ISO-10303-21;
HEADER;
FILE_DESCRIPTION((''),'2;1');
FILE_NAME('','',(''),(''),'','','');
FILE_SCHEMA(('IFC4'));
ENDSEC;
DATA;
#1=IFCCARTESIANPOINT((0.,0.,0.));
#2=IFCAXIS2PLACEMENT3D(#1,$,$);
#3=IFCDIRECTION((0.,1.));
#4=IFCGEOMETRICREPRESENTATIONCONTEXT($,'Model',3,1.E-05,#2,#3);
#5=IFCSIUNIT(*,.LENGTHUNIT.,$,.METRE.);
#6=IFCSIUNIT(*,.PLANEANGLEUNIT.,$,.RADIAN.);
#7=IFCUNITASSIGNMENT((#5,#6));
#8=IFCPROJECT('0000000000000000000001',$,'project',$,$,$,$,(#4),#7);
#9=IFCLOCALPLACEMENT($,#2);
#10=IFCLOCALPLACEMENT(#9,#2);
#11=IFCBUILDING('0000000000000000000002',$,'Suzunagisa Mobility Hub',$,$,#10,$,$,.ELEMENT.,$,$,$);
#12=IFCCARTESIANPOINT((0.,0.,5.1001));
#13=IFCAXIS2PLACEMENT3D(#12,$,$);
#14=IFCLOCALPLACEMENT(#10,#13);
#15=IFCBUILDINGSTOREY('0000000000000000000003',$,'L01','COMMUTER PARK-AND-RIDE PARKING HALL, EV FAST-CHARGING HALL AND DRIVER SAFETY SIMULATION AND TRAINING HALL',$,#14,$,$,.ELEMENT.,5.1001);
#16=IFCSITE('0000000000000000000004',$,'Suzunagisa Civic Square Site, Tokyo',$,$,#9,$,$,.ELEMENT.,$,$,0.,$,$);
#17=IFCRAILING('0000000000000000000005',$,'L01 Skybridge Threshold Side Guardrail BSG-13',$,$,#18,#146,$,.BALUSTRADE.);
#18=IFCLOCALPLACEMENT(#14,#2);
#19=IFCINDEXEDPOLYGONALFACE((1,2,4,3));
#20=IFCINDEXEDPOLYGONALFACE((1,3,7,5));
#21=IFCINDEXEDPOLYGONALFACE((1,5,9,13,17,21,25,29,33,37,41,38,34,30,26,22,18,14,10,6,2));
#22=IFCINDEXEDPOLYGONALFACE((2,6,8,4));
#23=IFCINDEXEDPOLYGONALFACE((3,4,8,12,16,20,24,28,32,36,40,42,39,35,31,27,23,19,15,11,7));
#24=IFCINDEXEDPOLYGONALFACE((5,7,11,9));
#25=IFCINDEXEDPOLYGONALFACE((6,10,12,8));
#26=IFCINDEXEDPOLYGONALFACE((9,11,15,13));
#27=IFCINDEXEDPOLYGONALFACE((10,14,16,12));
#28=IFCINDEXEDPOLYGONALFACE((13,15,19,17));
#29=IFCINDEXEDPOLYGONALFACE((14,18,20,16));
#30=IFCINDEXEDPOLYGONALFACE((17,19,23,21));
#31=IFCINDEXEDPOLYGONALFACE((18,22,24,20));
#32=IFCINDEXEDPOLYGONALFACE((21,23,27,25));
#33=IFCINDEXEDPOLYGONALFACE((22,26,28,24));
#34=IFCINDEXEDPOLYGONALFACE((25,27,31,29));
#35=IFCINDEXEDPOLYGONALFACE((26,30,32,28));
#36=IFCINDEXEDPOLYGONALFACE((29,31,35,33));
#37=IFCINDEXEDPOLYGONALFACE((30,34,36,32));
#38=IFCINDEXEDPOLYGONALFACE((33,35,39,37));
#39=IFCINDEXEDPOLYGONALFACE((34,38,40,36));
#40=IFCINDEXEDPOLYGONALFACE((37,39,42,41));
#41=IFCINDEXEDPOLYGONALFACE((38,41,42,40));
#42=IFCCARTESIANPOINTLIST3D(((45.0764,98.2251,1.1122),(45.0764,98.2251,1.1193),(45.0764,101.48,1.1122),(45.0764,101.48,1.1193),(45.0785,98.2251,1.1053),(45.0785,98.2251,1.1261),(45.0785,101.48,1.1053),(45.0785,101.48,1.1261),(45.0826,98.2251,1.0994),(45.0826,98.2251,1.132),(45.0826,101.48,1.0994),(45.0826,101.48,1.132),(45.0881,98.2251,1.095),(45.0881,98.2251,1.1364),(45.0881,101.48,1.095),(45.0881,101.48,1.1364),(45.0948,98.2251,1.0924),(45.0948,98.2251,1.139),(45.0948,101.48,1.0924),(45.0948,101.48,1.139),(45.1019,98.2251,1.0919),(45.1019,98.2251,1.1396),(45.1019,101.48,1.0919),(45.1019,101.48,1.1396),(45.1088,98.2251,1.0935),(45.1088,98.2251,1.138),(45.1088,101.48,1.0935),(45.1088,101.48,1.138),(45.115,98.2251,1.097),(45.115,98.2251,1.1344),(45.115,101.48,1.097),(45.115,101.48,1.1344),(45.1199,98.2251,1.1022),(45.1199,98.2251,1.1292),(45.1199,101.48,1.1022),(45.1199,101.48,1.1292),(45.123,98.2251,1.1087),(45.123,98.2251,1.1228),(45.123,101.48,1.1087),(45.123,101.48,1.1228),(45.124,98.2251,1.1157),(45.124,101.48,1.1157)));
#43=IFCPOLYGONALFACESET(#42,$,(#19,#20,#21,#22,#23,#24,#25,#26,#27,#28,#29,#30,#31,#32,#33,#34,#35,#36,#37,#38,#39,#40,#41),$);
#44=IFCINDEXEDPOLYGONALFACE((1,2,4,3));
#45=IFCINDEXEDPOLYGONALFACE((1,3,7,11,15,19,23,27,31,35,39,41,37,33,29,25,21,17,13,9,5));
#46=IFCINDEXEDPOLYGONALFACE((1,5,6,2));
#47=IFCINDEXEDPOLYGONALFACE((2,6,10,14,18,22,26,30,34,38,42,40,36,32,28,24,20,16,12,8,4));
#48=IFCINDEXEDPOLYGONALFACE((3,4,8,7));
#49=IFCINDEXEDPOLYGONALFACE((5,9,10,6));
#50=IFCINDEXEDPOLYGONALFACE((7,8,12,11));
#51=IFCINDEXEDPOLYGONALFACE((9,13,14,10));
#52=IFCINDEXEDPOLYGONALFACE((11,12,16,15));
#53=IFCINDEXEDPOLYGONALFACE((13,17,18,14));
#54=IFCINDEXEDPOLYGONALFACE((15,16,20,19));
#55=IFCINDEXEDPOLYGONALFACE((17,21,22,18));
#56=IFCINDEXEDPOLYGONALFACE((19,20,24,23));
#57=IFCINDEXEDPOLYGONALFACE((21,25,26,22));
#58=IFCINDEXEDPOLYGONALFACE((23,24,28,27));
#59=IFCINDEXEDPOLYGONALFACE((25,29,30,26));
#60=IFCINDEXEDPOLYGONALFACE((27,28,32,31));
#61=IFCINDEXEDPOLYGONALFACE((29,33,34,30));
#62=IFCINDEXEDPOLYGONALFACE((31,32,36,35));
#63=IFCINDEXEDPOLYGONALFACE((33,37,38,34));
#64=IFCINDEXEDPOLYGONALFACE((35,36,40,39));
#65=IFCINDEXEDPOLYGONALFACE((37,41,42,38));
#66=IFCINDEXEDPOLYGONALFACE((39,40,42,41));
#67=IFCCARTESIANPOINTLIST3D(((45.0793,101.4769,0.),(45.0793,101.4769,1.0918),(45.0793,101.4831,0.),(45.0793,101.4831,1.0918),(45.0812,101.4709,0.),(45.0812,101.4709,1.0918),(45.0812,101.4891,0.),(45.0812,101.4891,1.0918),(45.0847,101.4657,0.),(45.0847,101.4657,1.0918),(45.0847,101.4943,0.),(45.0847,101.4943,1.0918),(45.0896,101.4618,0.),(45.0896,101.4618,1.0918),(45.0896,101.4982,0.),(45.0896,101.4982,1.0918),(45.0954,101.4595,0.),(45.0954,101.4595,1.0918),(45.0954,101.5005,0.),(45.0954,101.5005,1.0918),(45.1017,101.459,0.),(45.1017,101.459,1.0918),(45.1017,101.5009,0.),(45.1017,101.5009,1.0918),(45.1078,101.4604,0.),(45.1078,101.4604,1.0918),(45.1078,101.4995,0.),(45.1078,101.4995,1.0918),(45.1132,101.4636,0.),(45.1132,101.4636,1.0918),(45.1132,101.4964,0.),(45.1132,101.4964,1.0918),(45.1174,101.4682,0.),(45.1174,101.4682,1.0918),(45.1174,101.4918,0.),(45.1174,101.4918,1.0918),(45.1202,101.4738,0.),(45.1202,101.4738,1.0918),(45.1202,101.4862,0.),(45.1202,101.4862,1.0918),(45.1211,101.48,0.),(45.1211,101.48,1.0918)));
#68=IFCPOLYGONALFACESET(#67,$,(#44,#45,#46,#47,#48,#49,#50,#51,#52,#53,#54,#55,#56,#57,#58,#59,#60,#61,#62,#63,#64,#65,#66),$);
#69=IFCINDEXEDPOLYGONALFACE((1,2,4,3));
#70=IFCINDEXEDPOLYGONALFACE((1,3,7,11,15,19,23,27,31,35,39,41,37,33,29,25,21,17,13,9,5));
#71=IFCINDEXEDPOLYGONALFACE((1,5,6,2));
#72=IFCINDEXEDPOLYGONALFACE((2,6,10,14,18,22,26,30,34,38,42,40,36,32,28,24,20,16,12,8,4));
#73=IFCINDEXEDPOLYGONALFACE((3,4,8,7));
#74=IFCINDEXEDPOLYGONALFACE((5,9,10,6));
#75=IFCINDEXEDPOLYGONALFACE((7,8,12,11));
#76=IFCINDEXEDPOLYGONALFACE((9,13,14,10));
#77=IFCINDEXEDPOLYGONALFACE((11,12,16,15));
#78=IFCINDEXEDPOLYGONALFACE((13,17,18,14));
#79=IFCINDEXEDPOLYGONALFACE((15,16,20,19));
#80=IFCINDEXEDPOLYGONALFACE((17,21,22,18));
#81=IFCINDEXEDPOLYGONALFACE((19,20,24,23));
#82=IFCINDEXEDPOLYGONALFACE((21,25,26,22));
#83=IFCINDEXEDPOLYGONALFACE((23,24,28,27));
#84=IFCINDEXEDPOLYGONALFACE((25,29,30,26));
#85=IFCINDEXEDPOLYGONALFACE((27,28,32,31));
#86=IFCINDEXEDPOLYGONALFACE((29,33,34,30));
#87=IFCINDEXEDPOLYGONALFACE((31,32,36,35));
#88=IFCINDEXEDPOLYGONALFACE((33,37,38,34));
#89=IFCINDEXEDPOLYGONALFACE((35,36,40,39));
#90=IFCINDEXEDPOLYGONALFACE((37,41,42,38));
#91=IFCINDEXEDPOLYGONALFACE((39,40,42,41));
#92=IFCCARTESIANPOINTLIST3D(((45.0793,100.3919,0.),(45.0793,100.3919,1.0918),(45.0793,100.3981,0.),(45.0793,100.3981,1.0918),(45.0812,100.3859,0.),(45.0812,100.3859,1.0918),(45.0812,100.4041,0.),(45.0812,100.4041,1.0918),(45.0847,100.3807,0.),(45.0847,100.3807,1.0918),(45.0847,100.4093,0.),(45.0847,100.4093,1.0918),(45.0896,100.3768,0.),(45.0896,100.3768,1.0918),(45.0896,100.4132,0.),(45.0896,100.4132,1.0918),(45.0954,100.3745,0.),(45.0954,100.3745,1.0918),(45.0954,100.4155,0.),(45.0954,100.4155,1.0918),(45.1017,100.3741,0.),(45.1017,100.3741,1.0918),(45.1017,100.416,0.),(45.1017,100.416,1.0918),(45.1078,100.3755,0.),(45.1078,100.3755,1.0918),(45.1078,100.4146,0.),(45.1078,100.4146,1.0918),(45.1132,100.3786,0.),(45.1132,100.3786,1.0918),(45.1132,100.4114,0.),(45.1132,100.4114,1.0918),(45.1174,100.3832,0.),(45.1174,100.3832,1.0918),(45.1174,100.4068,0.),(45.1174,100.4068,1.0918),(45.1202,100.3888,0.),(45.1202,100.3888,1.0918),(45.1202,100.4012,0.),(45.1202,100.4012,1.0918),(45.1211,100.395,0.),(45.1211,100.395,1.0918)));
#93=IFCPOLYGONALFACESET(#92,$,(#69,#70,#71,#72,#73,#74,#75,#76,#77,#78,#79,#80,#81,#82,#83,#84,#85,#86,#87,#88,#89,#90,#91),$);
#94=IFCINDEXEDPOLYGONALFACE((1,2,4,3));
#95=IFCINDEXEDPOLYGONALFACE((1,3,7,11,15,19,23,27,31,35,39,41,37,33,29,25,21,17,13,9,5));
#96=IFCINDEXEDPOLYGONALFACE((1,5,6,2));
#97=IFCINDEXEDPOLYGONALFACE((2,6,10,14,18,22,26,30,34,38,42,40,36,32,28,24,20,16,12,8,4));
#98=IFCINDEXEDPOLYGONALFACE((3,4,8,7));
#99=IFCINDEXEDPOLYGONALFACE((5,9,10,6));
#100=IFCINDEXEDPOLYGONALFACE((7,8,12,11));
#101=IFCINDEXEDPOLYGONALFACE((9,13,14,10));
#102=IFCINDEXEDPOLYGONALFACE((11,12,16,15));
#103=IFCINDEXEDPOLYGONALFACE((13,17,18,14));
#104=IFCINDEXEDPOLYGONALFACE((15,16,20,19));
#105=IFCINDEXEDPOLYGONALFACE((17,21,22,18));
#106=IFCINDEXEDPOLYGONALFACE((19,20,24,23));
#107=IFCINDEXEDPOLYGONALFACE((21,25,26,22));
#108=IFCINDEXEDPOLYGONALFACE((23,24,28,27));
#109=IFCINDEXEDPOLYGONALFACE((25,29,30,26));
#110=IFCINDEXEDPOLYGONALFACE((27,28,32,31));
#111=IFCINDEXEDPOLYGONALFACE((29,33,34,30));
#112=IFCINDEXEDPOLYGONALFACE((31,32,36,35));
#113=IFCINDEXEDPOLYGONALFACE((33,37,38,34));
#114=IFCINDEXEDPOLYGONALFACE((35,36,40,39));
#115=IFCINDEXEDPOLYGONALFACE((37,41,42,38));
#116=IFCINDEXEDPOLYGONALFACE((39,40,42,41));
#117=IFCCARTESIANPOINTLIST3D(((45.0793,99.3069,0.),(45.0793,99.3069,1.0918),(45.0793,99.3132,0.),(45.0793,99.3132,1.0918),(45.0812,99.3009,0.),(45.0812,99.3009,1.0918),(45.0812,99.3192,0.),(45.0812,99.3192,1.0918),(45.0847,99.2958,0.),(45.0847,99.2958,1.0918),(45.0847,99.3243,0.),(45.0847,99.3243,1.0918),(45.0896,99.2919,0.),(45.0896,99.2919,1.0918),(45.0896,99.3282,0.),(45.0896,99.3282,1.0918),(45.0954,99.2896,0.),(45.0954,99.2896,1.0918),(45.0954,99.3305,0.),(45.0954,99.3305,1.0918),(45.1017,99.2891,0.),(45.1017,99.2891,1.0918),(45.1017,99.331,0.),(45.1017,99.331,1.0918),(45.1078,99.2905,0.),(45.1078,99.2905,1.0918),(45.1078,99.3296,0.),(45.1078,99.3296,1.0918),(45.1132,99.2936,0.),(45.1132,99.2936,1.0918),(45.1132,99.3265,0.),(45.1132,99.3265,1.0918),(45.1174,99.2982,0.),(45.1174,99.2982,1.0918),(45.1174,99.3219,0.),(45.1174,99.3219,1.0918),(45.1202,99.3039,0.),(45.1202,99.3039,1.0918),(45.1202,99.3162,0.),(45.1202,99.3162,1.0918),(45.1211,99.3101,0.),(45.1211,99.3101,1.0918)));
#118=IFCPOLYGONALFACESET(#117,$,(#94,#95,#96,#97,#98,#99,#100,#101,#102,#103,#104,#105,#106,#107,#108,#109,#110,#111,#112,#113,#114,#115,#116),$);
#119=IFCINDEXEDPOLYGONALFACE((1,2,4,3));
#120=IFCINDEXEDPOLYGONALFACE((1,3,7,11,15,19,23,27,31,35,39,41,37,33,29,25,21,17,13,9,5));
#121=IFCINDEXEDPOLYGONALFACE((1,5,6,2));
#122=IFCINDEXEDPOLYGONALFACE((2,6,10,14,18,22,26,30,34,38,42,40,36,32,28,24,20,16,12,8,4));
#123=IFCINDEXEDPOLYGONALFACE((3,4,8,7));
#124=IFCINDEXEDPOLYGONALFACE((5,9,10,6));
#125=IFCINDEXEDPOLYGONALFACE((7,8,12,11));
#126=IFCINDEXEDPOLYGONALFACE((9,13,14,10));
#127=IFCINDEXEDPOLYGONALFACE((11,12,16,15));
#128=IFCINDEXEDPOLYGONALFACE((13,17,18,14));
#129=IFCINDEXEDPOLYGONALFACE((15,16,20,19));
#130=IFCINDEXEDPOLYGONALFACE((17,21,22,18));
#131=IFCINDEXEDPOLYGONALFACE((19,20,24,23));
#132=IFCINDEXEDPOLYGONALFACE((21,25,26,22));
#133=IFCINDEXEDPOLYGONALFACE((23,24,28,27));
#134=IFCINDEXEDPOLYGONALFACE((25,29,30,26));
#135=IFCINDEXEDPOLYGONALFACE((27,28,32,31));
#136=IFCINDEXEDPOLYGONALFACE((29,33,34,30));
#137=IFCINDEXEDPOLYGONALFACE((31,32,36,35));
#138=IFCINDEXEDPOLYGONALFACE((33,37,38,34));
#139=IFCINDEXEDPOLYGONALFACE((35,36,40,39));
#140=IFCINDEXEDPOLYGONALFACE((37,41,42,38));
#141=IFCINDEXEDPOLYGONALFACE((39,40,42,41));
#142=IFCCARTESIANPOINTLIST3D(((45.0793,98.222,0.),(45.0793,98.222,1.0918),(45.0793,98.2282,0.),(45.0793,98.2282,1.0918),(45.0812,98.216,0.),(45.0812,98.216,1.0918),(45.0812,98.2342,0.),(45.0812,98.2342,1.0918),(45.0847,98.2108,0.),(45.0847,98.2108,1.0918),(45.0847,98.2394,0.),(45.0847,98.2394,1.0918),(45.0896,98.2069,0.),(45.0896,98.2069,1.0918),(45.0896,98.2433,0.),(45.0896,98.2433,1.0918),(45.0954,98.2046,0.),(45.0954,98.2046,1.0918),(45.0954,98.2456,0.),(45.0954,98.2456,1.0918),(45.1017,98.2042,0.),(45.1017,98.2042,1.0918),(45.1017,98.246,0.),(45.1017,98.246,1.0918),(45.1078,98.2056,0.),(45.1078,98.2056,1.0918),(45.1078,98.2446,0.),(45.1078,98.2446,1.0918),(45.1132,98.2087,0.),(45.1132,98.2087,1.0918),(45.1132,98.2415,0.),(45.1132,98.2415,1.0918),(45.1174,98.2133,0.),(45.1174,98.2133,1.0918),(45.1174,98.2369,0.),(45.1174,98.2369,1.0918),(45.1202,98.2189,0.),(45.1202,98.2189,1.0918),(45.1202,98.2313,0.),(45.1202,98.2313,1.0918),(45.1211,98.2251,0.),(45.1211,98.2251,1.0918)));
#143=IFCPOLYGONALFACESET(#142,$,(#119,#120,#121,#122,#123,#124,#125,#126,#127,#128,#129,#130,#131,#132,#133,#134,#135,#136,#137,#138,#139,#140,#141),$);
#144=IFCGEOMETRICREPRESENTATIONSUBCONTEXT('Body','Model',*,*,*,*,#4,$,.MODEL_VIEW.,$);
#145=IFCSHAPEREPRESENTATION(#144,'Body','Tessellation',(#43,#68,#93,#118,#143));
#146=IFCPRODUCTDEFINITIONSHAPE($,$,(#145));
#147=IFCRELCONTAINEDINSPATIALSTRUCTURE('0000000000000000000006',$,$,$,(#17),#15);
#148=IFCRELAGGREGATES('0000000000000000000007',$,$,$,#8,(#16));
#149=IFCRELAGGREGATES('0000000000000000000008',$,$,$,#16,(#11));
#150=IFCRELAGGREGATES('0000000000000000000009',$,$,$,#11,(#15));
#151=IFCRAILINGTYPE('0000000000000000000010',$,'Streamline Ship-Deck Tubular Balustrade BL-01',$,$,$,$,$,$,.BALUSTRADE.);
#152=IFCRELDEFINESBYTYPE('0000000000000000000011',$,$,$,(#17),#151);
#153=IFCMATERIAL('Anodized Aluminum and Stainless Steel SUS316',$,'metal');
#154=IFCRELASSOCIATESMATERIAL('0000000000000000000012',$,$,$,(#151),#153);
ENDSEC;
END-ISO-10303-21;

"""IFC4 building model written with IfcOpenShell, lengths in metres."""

from ifc_helpers import new_model, si_unit, direction, frame, origin, origin_2d, place, context, subcontext, project, spatial, circle, extrude, material, type_object, element, save


model = new_model("IFC4")

# Units and contexts
model_context = context("Model", 3, precision=1e-05, world=origin(), true_north=direction((0.0, 1.0)))
body_context = subcontext(model_context, "Body", "Model", "MODEL_VIEW")
ifc_project = project(units=[si_unit("LENGTHUNIT", "METRE"), si_unit("PLANEANGLEUNIT", "RADIAN")], contexts=[model_context])

# Site, building, storey
site_placement = place(None, origin())
site = spatial("IfcSite", under=ifc_project, at=site_placement, Name="Suzunagisa Civic Square Site, Tokyo", CompositionType="ELEMENT", RefElevation=0.0)
building_placement = place(site_placement, origin())
building = spatial("IfcBuilding", under=site, at=building_placement, Name="Suzunagisa Mobility Hub", CompositionType="ELEMENT")
storey_placement = place(building_placement, frame((0.0, 0.0, 5.1001)))
storey = spatial("IfcBuildingStorey", under=building, at=storey_placement, Name="L01", Description="COMMUTER PARK-AND-RIDE PARKING HALL, EV FAST-CHARGING HALL AND DRIVER SAFETY SIMULATION AND TRAINING HALL", CompositionType="ELEMENT", Elevation=5.1001)

# Railing
ifc_material_1 = material(Name="Anodized Aluminum and Stainless Steel SUS316", Category="metal")
railing_type_1 = type_object("IfcRailingType", Name="Streamline Ship-Deck Tubular Balustrade BL-01", PredefinedType="BALUSTRADE", material=ifc_material_1)
railing_1_placement = place(storey_placement, frame((45.1001, 101.48, 0.0)))
element("IfcRailing", 1, at=railing_1_placement, inside=storey, type_object=railing_type_1, Name="L01 Skybridge Threshold Side Guardrail BSG-13", PredefinedType="BALUSTRADE", context=body_context, shape_type="SweptSolid", body=[
    extrude(circle(Radius=0.0239, at=origin_2d()), frame((0.0, 0.0, 1.1157), z_axis=(0.0, -1.0, 0.0), x_axis=(1.0, 0.0, 0.0)), (0.0, 0.0, 1.0), 3.2549),
    extrude(circle(Radius=0.021, at=origin_2d()), origin(), (0.0, 0.0, 1.0), 1.0918),
    extrude(circle(Radius=0.021, at=origin_2d()), frame((0.0, -1.085, 0.0)), (0.0, 0.0, 1.0), 1.0918),
    extrude(circle(Radius=0.021, at=origin_2d()), frame((0.0, -2.1699, 0.0)), (0.0, 0.0, 1.0), 1.0918),
    extrude(circle(Radius=0.021, at=origin_2d()), frame((0.0, -3.2549, 0.0)), (0.0, 0.0, 1.0), 1.0918),
])

save(model, "model.ifc")
